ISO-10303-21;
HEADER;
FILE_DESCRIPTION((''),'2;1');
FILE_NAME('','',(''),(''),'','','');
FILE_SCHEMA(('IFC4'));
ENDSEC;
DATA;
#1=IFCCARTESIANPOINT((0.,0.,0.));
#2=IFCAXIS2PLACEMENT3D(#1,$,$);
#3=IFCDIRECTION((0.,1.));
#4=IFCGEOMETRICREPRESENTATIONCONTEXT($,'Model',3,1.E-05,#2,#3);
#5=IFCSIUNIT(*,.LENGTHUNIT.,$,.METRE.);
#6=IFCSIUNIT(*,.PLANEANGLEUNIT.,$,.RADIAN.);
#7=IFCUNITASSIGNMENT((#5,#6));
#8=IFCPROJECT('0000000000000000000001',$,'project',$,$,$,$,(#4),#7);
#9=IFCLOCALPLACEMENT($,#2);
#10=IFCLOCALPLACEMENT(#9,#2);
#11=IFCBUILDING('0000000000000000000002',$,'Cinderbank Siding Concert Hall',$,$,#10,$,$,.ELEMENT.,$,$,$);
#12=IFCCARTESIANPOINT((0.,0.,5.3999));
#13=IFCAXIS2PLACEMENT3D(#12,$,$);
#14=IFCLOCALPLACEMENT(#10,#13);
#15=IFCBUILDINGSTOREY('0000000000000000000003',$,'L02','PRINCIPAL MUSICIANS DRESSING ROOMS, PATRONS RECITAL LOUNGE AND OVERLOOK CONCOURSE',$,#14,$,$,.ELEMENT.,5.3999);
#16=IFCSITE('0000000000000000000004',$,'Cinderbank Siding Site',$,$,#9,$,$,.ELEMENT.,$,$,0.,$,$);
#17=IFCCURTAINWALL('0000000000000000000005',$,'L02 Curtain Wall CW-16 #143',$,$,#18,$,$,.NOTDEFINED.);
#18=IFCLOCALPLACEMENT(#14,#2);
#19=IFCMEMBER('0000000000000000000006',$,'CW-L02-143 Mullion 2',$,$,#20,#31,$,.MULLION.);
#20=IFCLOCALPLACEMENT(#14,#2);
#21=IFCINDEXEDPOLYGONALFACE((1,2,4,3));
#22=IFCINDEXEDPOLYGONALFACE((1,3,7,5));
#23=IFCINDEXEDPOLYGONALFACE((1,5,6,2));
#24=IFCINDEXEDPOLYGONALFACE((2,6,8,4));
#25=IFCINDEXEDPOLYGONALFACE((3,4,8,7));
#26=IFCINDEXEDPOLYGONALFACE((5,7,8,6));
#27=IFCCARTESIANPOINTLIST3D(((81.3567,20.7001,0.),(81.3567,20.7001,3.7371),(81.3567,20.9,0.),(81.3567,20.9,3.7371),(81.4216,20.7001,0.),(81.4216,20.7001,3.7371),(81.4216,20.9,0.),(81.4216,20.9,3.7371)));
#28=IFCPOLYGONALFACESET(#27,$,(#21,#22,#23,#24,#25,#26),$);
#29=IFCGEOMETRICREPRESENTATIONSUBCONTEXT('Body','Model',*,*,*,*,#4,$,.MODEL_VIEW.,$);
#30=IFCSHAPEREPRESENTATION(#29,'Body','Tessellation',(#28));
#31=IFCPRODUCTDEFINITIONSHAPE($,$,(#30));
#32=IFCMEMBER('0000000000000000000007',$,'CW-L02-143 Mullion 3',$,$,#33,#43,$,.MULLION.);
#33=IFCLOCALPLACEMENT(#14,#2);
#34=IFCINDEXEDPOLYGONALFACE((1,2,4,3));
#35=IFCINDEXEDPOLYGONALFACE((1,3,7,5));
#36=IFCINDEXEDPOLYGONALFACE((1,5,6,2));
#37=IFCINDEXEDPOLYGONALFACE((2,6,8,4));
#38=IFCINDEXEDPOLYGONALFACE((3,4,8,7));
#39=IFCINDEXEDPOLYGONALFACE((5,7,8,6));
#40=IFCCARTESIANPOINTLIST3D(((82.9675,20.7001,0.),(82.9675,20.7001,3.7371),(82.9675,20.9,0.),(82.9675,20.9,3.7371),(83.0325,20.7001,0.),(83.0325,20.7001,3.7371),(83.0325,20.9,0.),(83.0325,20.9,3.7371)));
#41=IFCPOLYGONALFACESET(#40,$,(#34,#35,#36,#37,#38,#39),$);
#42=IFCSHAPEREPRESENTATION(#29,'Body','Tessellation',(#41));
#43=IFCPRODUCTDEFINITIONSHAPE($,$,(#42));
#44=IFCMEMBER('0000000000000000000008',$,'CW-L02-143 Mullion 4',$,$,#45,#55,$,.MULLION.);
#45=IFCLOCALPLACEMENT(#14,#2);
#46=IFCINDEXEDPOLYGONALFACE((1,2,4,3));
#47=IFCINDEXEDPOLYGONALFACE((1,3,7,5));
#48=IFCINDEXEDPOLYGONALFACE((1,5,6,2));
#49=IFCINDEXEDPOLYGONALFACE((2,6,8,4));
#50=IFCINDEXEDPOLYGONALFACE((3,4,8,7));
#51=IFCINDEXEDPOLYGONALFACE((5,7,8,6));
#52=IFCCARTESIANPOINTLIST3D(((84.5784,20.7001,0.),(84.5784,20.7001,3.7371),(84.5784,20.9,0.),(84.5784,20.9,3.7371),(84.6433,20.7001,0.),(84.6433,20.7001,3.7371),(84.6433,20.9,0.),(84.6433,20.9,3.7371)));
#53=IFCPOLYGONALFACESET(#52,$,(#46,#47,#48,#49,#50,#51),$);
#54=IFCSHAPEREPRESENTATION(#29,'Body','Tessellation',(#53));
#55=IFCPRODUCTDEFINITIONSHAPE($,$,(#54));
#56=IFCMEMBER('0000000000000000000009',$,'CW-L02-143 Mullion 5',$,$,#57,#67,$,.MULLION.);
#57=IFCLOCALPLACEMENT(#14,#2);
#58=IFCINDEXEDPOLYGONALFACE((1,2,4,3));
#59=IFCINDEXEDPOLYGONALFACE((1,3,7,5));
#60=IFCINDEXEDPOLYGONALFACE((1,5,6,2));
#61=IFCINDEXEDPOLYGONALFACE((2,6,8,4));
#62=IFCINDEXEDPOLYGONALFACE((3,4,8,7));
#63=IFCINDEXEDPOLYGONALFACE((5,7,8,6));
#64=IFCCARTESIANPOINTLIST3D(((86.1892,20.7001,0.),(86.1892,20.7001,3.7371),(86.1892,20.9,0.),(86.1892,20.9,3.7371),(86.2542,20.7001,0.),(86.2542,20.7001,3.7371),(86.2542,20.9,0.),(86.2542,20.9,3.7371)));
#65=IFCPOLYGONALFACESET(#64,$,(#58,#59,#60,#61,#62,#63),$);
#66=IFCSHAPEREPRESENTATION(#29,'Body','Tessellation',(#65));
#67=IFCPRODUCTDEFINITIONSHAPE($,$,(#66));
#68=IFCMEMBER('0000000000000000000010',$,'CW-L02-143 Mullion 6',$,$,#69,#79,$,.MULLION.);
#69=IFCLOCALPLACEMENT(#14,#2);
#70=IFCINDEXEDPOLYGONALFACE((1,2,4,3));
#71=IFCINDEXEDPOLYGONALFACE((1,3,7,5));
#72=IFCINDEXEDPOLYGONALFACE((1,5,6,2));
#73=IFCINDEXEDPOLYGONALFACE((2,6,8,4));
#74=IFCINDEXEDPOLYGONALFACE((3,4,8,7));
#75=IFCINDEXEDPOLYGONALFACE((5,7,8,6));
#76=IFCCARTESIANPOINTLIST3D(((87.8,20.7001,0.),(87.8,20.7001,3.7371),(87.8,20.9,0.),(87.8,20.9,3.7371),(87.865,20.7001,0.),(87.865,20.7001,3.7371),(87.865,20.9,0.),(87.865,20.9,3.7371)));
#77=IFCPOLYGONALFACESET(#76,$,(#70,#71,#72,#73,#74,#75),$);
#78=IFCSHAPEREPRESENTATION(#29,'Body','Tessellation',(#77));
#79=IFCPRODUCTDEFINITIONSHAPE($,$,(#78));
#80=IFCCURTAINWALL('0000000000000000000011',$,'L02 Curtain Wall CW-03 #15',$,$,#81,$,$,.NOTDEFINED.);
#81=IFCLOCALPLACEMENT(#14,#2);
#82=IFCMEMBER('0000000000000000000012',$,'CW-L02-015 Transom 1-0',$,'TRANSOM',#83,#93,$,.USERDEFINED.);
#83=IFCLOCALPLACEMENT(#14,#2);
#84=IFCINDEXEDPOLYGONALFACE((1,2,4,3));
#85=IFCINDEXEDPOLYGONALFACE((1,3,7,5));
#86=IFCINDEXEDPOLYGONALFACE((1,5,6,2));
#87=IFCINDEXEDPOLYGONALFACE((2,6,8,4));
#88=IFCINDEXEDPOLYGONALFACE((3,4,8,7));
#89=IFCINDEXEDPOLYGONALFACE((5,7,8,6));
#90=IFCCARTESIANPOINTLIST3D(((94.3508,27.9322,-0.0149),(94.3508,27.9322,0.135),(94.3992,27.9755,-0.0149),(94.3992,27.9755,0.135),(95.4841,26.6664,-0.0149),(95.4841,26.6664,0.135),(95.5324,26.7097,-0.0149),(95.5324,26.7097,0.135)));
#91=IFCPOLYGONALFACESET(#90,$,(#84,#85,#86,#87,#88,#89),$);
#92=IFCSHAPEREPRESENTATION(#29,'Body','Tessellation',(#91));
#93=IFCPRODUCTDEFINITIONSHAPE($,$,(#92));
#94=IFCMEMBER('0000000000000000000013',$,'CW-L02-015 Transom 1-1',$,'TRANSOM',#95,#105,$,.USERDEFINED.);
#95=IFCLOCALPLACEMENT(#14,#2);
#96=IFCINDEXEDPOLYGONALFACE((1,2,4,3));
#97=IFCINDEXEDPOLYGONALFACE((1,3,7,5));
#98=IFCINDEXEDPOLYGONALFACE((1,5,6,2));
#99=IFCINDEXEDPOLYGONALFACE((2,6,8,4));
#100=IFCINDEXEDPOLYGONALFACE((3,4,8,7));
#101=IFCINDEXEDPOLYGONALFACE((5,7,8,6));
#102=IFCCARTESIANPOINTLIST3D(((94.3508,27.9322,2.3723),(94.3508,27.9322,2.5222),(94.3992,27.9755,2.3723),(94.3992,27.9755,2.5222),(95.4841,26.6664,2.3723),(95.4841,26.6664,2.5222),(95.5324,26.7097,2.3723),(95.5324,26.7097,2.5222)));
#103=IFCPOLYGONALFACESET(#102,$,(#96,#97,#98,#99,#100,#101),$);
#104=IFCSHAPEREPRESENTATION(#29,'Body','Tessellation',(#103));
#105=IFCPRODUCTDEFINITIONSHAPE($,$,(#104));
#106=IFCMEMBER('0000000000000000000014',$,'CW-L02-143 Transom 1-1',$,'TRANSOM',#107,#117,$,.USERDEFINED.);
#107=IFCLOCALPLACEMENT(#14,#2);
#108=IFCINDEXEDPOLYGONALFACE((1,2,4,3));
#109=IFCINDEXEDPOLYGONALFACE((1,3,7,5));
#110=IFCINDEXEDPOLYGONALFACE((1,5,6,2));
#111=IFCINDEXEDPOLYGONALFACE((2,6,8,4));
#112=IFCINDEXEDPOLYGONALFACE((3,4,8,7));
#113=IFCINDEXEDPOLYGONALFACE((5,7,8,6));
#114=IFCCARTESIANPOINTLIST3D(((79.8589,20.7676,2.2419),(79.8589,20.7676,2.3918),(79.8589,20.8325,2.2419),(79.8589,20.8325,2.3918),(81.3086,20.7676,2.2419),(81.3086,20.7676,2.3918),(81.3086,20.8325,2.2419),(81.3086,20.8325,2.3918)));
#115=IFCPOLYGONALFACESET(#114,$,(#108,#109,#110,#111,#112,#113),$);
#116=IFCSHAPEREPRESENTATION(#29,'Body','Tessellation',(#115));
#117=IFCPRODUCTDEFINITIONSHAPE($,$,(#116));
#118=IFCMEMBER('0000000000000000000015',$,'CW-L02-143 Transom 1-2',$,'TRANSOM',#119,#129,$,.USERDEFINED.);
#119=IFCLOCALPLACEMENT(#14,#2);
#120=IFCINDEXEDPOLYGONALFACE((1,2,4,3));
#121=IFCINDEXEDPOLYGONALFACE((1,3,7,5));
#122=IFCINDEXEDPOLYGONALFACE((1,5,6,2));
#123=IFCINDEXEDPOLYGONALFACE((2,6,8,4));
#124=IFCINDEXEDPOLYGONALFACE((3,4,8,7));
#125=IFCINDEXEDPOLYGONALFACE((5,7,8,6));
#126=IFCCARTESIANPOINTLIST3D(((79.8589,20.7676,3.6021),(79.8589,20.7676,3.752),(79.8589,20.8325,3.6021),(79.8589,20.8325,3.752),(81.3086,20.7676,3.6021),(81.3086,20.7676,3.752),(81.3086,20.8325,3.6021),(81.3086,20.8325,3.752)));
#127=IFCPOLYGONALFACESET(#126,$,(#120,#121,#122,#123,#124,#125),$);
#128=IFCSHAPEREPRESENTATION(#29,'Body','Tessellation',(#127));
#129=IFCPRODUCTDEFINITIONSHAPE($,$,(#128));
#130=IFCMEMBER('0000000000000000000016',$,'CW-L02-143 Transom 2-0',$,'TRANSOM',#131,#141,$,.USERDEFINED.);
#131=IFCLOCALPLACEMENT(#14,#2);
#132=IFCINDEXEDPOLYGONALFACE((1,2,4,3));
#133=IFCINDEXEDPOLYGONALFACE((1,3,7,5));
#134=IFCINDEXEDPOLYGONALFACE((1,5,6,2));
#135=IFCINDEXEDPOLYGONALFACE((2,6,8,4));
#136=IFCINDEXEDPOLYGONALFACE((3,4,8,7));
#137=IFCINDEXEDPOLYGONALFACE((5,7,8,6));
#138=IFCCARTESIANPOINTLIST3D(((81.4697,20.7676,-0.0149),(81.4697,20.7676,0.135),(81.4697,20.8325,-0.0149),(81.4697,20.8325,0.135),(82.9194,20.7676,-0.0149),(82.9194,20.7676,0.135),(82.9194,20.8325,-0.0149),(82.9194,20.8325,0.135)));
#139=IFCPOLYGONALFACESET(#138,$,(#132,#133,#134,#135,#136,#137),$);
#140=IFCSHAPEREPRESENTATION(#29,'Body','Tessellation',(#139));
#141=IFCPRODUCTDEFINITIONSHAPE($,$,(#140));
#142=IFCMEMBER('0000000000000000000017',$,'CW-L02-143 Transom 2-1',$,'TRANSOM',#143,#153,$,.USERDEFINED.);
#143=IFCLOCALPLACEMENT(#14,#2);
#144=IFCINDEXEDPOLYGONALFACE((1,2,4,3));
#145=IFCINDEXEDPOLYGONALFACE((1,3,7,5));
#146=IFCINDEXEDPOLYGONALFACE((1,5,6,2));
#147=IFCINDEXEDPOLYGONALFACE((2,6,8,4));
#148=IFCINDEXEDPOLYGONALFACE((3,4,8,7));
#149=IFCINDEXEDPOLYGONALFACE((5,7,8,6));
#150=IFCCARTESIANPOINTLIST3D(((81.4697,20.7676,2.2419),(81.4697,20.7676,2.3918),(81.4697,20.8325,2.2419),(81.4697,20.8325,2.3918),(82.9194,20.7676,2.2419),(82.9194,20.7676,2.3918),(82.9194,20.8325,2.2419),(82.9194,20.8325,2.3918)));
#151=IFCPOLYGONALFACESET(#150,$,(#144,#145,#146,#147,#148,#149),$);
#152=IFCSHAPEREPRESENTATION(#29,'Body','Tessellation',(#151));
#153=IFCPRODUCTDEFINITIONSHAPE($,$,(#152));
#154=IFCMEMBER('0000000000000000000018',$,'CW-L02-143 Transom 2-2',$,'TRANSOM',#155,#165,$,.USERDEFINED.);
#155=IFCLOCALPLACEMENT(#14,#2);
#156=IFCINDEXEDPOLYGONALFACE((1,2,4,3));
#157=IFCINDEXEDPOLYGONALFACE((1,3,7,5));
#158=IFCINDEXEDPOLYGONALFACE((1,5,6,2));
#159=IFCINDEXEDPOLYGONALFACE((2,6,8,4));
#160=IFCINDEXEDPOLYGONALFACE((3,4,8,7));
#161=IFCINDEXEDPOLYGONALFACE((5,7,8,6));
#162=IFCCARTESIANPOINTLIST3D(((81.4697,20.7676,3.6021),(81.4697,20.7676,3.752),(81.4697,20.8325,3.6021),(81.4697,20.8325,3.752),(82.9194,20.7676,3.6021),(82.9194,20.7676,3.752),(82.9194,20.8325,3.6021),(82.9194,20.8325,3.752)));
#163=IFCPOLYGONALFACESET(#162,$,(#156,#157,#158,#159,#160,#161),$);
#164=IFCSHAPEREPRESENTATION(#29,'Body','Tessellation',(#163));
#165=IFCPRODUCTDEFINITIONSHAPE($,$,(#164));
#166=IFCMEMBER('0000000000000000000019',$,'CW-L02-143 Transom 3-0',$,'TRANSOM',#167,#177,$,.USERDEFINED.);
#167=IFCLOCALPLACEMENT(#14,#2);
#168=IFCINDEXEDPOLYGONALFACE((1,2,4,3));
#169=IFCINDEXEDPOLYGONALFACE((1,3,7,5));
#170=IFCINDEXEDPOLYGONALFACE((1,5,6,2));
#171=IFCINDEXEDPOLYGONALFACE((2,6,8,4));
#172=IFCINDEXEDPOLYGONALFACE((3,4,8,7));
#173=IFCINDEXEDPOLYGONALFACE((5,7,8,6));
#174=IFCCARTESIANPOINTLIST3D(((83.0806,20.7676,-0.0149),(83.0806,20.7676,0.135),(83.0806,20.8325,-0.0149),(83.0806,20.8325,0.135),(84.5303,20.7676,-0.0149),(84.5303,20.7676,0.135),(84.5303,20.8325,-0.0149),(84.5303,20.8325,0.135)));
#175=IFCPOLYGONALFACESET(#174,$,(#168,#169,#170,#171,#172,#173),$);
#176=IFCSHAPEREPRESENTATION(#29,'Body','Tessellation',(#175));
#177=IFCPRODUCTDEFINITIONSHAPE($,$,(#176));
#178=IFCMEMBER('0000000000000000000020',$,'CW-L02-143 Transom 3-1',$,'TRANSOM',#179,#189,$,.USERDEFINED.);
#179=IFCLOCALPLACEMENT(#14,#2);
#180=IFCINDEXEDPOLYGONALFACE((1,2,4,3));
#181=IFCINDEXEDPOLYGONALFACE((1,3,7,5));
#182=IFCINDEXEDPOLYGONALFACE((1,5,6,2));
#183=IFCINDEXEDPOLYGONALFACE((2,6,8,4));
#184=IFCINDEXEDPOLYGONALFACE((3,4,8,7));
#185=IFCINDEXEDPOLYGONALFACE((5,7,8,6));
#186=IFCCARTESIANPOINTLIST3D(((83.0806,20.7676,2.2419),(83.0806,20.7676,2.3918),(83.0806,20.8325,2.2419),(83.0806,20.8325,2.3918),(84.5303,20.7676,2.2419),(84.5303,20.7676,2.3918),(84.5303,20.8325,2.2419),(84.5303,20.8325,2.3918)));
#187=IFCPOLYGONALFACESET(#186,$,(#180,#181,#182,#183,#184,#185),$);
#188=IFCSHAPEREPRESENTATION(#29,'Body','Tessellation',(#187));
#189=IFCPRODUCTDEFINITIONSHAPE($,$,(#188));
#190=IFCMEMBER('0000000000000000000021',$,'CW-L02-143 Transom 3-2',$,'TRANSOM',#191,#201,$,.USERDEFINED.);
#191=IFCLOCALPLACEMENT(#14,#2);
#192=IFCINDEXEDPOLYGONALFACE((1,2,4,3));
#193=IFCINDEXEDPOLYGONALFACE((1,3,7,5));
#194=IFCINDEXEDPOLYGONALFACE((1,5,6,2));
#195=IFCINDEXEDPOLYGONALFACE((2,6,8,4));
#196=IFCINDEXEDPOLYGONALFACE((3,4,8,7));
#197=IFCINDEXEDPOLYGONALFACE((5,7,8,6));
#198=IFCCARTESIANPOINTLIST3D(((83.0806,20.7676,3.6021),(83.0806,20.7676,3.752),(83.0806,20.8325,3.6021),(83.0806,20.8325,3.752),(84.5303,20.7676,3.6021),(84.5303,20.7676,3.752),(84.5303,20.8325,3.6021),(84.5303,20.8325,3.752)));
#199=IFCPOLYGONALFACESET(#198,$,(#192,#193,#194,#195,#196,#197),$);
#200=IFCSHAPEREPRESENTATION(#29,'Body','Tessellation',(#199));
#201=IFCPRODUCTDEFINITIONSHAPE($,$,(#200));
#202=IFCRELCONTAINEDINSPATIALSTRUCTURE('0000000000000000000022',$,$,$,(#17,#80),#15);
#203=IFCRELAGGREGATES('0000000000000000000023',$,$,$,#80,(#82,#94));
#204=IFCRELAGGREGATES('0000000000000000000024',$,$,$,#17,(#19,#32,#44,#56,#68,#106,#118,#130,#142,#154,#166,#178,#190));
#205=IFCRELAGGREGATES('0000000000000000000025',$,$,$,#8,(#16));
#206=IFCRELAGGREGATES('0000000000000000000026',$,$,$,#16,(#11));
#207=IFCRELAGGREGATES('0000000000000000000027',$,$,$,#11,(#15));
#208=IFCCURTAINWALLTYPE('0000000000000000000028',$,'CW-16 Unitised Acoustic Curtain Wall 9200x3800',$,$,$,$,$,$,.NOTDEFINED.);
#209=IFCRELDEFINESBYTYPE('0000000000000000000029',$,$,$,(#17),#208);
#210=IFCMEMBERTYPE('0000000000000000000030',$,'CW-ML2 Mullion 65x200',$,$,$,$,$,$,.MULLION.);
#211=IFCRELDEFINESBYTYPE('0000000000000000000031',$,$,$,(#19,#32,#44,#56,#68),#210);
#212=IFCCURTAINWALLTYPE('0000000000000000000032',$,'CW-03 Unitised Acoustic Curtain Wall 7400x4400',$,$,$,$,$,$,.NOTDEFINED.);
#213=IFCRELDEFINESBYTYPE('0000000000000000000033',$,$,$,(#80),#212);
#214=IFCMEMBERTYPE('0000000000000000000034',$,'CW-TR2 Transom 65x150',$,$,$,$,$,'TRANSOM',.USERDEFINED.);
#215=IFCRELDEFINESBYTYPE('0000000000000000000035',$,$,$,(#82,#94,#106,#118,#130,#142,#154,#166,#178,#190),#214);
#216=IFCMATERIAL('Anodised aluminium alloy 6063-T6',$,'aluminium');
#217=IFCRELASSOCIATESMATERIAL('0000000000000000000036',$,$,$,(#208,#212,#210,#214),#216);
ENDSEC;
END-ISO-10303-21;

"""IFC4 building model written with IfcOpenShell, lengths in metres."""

from ifc_helpers import new_model, si_unit, direction, frame, origin, origin_2d, place, context, subcontext, project, spatial, rectangle, extrude, material, material_profile, profile_set, type_object, element, aggregate, save


model = new_model("IFC4")

# Units and contexts
model_context = context("Model", 3, precision=1e-05, world=origin(), true_north=direction((0.0, 1.0)))
body_context = subcontext(model_context, "Body", "Model", "MODEL_VIEW")
ifc_project = project(units=[si_unit("LENGTHUNIT", "METRE"), si_unit("PLANEANGLEUNIT", "RADIAN")], contexts=[model_context])

# Site, building, storey
site_placement = place(None, origin())
site = spatial("IfcSite", under=ifc_project, at=site_placement, Name="Cinderbank Siding Site", CompositionType="ELEMENT", RefElevation=0.0)
building_placement = place(site_placement, origin())
building = spatial("IfcBuilding", under=site, at=building_placement, Name="Cinderbank Siding Concert Hall", CompositionType="ELEMENT")
storey_placement = place(building_placement, frame((0.0, 0.0, 5.3999)))
storey = spatial("IfcBuildingStorey", under=building, at=storey_placement, Name="L02", Description="PRINCIPAL MUSICIANS DRESSING ROOMS, PATRONS RECITAL LOUNGE AND OVERLOOK CONCOURSE", CompositionType="ELEMENT", Elevation=5.3999)

# Curtain walls, members
ifc_material_1 = material(Name="Anodised aluminium alloy 6063-T6", Category="aluminium")
curtain_wall_type_1 = type_object("IfcCurtainWallType", Name="CW-16 Unitised Acoustic Curtain Wall 9200x3800", PredefinedType="NOTDEFINED", material=ifc_material_1)
curtain_wall_1_placement = place(storey_placement, origin())
curtain_wall_1 = element("IfcCurtainWall", 1, at=curtain_wall_1_placement, inside=storey, type_object=curtain_wall_type_1, Name="L02 Curtain Wall CW-16 #143", PredefinedType="NOTDEFINED")
ifc_material_profile_1 = material_profile(ifc_material_1, rectangle(XDim=0.0649, YDim=0.2, at=origin_2d()), Name="ALU-MULL-65x200", Category="LoadBearing")
ifc_profile_set_1 = profile_set([ifc_material_profile_1], Name="Anodised aluminium alloy 6063-T6")
member_type_1 = type_object("IfcMemberType", Name="CW-ML2 Mullion 65x200", PredefinedType="MULLION", material=ifc_profile_set_1)
member_1_placement = place(storey_placement, frame((81.3892, 20.8, 0.0), z_axis=(0.0, 0.0, 1.0), x_axis=(1.0, 0.0, 0.0)))
member_1 = element("IfcMember", 2, at=member_1_placement, type_object=member_type_1, Name="CW-L02-143 Mullion 2", PredefinedType="MULLION", context=body_context, shape_type="SweptSolid", body=[
    extrude(rectangle(XDim=0.0649, YDim=0.2, at=origin_2d()), origin(), (0.0, 0.0, 1.0), 3.7371),
])
member_2_placement = place(storey_placement, frame((83.0, 20.8, 0.0), z_axis=(0.0, 0.0, 1.0), x_axis=(1.0, 0.0, 0.0)))
member_2 = element("IfcMember", 3, at=member_2_placement, type_object=member_type_1, Name="CW-L02-143 Mullion 3", PredefinedType="MULLION", context=body_context, shape_type="SweptSolid", body=[
    extrude(rectangle(XDim=0.0649, YDim=0.2, at=origin_2d()), origin(), (0.0, 0.0, 1.0), 3.7371),
])
member_3_placement = place(storey_placement, frame((84.6108, 20.8, 0.0), z_axis=(0.0, 0.0, 1.0), x_axis=(1.0, 0.0, 0.0)))
member_3 = element("IfcMember", 4, at=member_3_placement, type_object=member_type_1, Name="CW-L02-143 Mullion 4", PredefinedType="MULLION", context=body_context, shape_type="SweptSolid", body=[
    extrude(rectangle(XDim=0.0649, YDim=0.2, at=origin_2d()), origin(), (0.0, 0.0, 1.0), 3.7371),
])
member_4_placement = place(storey_placement, frame((86.2217, 20.8, 0.0), z_axis=(0.0, 0.0, 1.0), x_axis=(1.0, 0.0, 0.0)))
member_4 = element("IfcMember", 5, at=member_4_placement, type_object=member_type_1, Name="CW-L02-143 Mullion 5", PredefinedType="MULLION", context=body_context, shape_type="SweptSolid", body=[
    extrude(rectangle(XDim=0.0649, YDim=0.2, at=origin_2d()), origin(), (0.0, 0.0, 1.0), 3.7371),
])
member_5_placement = place(storey_placement, frame((87.8325, 20.8, 0.0), z_axis=(0.0, 0.0, 1.0), x_axis=(1.0, 0.0, 0.0)))
member_5 = element("IfcMember", 6, at=member_5_placement, type_object=member_type_1, Name="CW-L02-143 Mullion 6", PredefinedType="MULLION", context=body_context, shape_type="SweptSolid", body=[
    extrude(rectangle(XDim=0.0649, YDim=0.2, at=origin_2d()), origin(), (0.0, 0.0, 1.0), 3.7371),
])
curtain_wall_type_2 = type_object("IfcCurtainWallType", Name="CW-03 Unitised Acoustic Curtain Wall 7400x4400", PredefinedType="NOTDEFINED", material=ifc_material_1)
curtain_wall_2_placement = place(storey_placement, origin())
curtain_wall_2 = element("IfcCurtainWall", 7, at=curtain_wall_2_placement, inside=storey, type_object=curtain_wall_type_2, Name="L02 Curtain Wall CW-03 #15", PredefinedType="NOTDEFINED")
ifc_material_profile_2 = material_profile(ifc_material_1, rectangle(XDim=0.0649, YDim=0.1499, at=origin_2d()), Name="ALU-TRAN-65x150", Category="LoadBearing")
ifc_profile_set_2 = profile_set([ifc_material_profile_2], Name="Anodised aluminium alloy 6063-T6")
member_type_2 = type_object("IfcMemberType", Name="CW-TR2 Transom 65x150", ElementType="TRANSOM", PredefinedType="USERDEFINED", material=ifc_profile_set_2)
member_6_placement = place(storey_placement, frame((94.375, 27.9539, 0.0601), z_axis=(0.667017, -0.745042, 0.0), x_axis=(0.745042, 0.667017, 0.0)))
member_6 = element("IfcMember", 8, at=member_6_placement, type_object=member_type_2, Name="CW-L02-015 Transom 1-0", ObjectType="TRANSOM", PredefinedType="USERDEFINED", context=body_context, shape_type="SweptSolid", body=[
    extrude(rectangle(XDim=0.0649, YDim=0.1499, at=origin_2d()), origin(), (0.0, 0.0, 1.0), 1.699),
])
member_7_placement = place(storey_placement, frame((94.375, 27.9539, 2.4473), z_axis=(0.667017, -0.745042, 0.0), x_axis=(0.745042, 0.667017, 0.0)))
member_7 = element("IfcMember", 9, at=member_7_placement, type_object=member_type_2, Name="CW-L02-015 Transom 1-1", ObjectType="TRANSOM", PredefinedType="USERDEFINED", context=body_context, shape_type="SweptSolid", body=[
    extrude(rectangle(XDim=0.0649, YDim=0.1499, at=origin_2d()), origin(), (0.0, 0.0, 1.0), 1.699),
])
aggregate(curtain_wall_2, [member_6, member_7])

# Members
member_8_placement = place(storey_placement, frame((79.8589, 20.8, 2.3169), z_axis=(1.0, 0.0, 0.0), x_axis=(0.0, 1.0, 0.0)))
member_8 = element("IfcMember", 10, at=member_8_placement, type_object=member_type_2, Name="CW-L02-143 Transom 1-1", ObjectType="TRANSOM", PredefinedType="USERDEFINED", context=body_context, shape_type="SweptSolid", body=[
    extrude(rectangle(XDim=0.0649, YDim=0.1499, at=origin_2d()), origin(), (0.0, 0.0, 1.0), 1.4497),
])
member_9_placement = place(storey_placement, frame((79.8589, 20.8, 3.677), z_axis=(1.0, 0.0, 0.0), x_axis=(0.0, 1.0, 0.0)))
member_9 = element("IfcMember", 11, at=member_9_placement, type_object=member_type_2, Name="CW-L02-143 Transom 1-2", ObjectType="TRANSOM", PredefinedType="USERDEFINED", context=body_context, shape_type="SweptSolid", body=[
    extrude(rectangle(XDim=0.0649, YDim=0.1499, at=origin_2d()), origin(), (0.0, 0.0, 1.0), 1.4497),
])
member_10_placement = place(storey_placement, frame((81.4697, 20.8, 0.0601), z_axis=(1.0, 0.0, 0.0), x_axis=(0.0, 1.0, 0.0)))
member_10 = element("IfcMember", 12, at=member_10_placement, type_object=member_type_2, Name="CW-L02-143 Transom 2-0", ObjectType="TRANSOM", PredefinedType="USERDEFINED", context=body_context, shape_type="SweptSolid", body=[
    extrude(rectangle(XDim=0.0649, YDim=0.1499, at=origin_2d()), origin(), (0.0, 0.0, 1.0), 1.4497),
])
member_11_placement = place(storey_placement, frame((81.4697, 20.8, 2.3169), z_axis=(1.0, 0.0, 0.0), x_axis=(0.0, 1.0, 0.0)))
member_11 = element("IfcMember", 13, at=member_11_placement, type_object=member_type_2, Name="CW-L02-143 Transom 2-1", ObjectType="TRANSOM", PredefinedType="USERDEFINED", context=body_context, shape_type="SweptSolid", body=[
    extrude(rectangle(XDim=0.0649, YDim=0.1499, at=origin_2d()), origin(), (0.0, 0.0, 1.0), 1.4497),
])
member_12_placement = place(storey_placement, frame((81.4697, 20.8, 3.677), z_axis=(1.0, 0.0, 0.0), x_axis=(0.0, 1.0, 0.0)))
member_12 = element("IfcMember", 14, at=member_12_placement, type_object=member_type_2, Name="CW-L02-143 Transom 2-2", ObjectType="TRANSOM", PredefinedType="USERDEFINED", context=body_context, shape_type="SweptSolid", body=[
    extrude(rectangle(XDim=0.0649, YDim=0.1499, at=origin_2d()), origin(), (0.0, 0.0, 1.0), 1.4497),
])
member_13_placement = place(storey_placement, frame((83.0806, 20.8, 0.0601), z_axis=(1.0, 0.0, 0.0), x_axis=(0.0, 1.0, 0.0)))
member_13 = element("IfcMember", 15, at=member_13_placement, type_object=member_type_2, Name="CW-L02-143 Transom 3-0", ObjectType="TRANSOM", PredefinedType="USERDEFINED", context=body_context, shape_type="SweptSolid", body=[
    extrude(rectangle(XDim=0.0649, YDim=0.1499, at=origin_2d()), origin(), (0.0, 0.0, 1.0), 1.4497),
])
member_14_placement = place(storey_placement, frame((83.0806, 20.8, 2.3169), z_axis=(1.0, 0.0, 0.0), x_axis=(0.0, 1.0, 0.0)))
member_14 = element("IfcMember", 16, at=member_14_placement, type_object=member_type_2, Name="CW-L02-143 Transom 3-1", ObjectType="TRANSOM", PredefinedType="USERDEFINED", context=body_context, shape_type="SweptSolid", body=[
    extrude(rectangle(XDim=0.0649, YDim=0.1499, at=origin_2d()), origin(), (0.0, 0.0, 1.0), 1.4497),
])
member_15_placement = place(storey_placement, frame((83.0806, 20.8, 3.677), z_axis=(1.0, 0.0, 0.0), x_axis=(0.0, 1.0, 0.0)))
member_15 = element("IfcMember", 17, at=member_15_placement, type_object=member_type_2, Name="CW-L02-143 Transom 3-2", ObjectType="TRANSOM", PredefinedType="USERDEFINED", context=body_context, shape_type="SweptSolid", body=[
    extrude(rectangle(XDim=0.0649, YDim=0.1499, at=origin_2d()), origin(), (0.0, 0.0, 1.0), 1.4497),
])

aggregate(curtain_wall_1, [member_1, member_2, member_3, member_4, member_5, member_8, member_9, member_10, member_11, member_12, member_13, member_14, member_15])

save(model, "model.ifc")
